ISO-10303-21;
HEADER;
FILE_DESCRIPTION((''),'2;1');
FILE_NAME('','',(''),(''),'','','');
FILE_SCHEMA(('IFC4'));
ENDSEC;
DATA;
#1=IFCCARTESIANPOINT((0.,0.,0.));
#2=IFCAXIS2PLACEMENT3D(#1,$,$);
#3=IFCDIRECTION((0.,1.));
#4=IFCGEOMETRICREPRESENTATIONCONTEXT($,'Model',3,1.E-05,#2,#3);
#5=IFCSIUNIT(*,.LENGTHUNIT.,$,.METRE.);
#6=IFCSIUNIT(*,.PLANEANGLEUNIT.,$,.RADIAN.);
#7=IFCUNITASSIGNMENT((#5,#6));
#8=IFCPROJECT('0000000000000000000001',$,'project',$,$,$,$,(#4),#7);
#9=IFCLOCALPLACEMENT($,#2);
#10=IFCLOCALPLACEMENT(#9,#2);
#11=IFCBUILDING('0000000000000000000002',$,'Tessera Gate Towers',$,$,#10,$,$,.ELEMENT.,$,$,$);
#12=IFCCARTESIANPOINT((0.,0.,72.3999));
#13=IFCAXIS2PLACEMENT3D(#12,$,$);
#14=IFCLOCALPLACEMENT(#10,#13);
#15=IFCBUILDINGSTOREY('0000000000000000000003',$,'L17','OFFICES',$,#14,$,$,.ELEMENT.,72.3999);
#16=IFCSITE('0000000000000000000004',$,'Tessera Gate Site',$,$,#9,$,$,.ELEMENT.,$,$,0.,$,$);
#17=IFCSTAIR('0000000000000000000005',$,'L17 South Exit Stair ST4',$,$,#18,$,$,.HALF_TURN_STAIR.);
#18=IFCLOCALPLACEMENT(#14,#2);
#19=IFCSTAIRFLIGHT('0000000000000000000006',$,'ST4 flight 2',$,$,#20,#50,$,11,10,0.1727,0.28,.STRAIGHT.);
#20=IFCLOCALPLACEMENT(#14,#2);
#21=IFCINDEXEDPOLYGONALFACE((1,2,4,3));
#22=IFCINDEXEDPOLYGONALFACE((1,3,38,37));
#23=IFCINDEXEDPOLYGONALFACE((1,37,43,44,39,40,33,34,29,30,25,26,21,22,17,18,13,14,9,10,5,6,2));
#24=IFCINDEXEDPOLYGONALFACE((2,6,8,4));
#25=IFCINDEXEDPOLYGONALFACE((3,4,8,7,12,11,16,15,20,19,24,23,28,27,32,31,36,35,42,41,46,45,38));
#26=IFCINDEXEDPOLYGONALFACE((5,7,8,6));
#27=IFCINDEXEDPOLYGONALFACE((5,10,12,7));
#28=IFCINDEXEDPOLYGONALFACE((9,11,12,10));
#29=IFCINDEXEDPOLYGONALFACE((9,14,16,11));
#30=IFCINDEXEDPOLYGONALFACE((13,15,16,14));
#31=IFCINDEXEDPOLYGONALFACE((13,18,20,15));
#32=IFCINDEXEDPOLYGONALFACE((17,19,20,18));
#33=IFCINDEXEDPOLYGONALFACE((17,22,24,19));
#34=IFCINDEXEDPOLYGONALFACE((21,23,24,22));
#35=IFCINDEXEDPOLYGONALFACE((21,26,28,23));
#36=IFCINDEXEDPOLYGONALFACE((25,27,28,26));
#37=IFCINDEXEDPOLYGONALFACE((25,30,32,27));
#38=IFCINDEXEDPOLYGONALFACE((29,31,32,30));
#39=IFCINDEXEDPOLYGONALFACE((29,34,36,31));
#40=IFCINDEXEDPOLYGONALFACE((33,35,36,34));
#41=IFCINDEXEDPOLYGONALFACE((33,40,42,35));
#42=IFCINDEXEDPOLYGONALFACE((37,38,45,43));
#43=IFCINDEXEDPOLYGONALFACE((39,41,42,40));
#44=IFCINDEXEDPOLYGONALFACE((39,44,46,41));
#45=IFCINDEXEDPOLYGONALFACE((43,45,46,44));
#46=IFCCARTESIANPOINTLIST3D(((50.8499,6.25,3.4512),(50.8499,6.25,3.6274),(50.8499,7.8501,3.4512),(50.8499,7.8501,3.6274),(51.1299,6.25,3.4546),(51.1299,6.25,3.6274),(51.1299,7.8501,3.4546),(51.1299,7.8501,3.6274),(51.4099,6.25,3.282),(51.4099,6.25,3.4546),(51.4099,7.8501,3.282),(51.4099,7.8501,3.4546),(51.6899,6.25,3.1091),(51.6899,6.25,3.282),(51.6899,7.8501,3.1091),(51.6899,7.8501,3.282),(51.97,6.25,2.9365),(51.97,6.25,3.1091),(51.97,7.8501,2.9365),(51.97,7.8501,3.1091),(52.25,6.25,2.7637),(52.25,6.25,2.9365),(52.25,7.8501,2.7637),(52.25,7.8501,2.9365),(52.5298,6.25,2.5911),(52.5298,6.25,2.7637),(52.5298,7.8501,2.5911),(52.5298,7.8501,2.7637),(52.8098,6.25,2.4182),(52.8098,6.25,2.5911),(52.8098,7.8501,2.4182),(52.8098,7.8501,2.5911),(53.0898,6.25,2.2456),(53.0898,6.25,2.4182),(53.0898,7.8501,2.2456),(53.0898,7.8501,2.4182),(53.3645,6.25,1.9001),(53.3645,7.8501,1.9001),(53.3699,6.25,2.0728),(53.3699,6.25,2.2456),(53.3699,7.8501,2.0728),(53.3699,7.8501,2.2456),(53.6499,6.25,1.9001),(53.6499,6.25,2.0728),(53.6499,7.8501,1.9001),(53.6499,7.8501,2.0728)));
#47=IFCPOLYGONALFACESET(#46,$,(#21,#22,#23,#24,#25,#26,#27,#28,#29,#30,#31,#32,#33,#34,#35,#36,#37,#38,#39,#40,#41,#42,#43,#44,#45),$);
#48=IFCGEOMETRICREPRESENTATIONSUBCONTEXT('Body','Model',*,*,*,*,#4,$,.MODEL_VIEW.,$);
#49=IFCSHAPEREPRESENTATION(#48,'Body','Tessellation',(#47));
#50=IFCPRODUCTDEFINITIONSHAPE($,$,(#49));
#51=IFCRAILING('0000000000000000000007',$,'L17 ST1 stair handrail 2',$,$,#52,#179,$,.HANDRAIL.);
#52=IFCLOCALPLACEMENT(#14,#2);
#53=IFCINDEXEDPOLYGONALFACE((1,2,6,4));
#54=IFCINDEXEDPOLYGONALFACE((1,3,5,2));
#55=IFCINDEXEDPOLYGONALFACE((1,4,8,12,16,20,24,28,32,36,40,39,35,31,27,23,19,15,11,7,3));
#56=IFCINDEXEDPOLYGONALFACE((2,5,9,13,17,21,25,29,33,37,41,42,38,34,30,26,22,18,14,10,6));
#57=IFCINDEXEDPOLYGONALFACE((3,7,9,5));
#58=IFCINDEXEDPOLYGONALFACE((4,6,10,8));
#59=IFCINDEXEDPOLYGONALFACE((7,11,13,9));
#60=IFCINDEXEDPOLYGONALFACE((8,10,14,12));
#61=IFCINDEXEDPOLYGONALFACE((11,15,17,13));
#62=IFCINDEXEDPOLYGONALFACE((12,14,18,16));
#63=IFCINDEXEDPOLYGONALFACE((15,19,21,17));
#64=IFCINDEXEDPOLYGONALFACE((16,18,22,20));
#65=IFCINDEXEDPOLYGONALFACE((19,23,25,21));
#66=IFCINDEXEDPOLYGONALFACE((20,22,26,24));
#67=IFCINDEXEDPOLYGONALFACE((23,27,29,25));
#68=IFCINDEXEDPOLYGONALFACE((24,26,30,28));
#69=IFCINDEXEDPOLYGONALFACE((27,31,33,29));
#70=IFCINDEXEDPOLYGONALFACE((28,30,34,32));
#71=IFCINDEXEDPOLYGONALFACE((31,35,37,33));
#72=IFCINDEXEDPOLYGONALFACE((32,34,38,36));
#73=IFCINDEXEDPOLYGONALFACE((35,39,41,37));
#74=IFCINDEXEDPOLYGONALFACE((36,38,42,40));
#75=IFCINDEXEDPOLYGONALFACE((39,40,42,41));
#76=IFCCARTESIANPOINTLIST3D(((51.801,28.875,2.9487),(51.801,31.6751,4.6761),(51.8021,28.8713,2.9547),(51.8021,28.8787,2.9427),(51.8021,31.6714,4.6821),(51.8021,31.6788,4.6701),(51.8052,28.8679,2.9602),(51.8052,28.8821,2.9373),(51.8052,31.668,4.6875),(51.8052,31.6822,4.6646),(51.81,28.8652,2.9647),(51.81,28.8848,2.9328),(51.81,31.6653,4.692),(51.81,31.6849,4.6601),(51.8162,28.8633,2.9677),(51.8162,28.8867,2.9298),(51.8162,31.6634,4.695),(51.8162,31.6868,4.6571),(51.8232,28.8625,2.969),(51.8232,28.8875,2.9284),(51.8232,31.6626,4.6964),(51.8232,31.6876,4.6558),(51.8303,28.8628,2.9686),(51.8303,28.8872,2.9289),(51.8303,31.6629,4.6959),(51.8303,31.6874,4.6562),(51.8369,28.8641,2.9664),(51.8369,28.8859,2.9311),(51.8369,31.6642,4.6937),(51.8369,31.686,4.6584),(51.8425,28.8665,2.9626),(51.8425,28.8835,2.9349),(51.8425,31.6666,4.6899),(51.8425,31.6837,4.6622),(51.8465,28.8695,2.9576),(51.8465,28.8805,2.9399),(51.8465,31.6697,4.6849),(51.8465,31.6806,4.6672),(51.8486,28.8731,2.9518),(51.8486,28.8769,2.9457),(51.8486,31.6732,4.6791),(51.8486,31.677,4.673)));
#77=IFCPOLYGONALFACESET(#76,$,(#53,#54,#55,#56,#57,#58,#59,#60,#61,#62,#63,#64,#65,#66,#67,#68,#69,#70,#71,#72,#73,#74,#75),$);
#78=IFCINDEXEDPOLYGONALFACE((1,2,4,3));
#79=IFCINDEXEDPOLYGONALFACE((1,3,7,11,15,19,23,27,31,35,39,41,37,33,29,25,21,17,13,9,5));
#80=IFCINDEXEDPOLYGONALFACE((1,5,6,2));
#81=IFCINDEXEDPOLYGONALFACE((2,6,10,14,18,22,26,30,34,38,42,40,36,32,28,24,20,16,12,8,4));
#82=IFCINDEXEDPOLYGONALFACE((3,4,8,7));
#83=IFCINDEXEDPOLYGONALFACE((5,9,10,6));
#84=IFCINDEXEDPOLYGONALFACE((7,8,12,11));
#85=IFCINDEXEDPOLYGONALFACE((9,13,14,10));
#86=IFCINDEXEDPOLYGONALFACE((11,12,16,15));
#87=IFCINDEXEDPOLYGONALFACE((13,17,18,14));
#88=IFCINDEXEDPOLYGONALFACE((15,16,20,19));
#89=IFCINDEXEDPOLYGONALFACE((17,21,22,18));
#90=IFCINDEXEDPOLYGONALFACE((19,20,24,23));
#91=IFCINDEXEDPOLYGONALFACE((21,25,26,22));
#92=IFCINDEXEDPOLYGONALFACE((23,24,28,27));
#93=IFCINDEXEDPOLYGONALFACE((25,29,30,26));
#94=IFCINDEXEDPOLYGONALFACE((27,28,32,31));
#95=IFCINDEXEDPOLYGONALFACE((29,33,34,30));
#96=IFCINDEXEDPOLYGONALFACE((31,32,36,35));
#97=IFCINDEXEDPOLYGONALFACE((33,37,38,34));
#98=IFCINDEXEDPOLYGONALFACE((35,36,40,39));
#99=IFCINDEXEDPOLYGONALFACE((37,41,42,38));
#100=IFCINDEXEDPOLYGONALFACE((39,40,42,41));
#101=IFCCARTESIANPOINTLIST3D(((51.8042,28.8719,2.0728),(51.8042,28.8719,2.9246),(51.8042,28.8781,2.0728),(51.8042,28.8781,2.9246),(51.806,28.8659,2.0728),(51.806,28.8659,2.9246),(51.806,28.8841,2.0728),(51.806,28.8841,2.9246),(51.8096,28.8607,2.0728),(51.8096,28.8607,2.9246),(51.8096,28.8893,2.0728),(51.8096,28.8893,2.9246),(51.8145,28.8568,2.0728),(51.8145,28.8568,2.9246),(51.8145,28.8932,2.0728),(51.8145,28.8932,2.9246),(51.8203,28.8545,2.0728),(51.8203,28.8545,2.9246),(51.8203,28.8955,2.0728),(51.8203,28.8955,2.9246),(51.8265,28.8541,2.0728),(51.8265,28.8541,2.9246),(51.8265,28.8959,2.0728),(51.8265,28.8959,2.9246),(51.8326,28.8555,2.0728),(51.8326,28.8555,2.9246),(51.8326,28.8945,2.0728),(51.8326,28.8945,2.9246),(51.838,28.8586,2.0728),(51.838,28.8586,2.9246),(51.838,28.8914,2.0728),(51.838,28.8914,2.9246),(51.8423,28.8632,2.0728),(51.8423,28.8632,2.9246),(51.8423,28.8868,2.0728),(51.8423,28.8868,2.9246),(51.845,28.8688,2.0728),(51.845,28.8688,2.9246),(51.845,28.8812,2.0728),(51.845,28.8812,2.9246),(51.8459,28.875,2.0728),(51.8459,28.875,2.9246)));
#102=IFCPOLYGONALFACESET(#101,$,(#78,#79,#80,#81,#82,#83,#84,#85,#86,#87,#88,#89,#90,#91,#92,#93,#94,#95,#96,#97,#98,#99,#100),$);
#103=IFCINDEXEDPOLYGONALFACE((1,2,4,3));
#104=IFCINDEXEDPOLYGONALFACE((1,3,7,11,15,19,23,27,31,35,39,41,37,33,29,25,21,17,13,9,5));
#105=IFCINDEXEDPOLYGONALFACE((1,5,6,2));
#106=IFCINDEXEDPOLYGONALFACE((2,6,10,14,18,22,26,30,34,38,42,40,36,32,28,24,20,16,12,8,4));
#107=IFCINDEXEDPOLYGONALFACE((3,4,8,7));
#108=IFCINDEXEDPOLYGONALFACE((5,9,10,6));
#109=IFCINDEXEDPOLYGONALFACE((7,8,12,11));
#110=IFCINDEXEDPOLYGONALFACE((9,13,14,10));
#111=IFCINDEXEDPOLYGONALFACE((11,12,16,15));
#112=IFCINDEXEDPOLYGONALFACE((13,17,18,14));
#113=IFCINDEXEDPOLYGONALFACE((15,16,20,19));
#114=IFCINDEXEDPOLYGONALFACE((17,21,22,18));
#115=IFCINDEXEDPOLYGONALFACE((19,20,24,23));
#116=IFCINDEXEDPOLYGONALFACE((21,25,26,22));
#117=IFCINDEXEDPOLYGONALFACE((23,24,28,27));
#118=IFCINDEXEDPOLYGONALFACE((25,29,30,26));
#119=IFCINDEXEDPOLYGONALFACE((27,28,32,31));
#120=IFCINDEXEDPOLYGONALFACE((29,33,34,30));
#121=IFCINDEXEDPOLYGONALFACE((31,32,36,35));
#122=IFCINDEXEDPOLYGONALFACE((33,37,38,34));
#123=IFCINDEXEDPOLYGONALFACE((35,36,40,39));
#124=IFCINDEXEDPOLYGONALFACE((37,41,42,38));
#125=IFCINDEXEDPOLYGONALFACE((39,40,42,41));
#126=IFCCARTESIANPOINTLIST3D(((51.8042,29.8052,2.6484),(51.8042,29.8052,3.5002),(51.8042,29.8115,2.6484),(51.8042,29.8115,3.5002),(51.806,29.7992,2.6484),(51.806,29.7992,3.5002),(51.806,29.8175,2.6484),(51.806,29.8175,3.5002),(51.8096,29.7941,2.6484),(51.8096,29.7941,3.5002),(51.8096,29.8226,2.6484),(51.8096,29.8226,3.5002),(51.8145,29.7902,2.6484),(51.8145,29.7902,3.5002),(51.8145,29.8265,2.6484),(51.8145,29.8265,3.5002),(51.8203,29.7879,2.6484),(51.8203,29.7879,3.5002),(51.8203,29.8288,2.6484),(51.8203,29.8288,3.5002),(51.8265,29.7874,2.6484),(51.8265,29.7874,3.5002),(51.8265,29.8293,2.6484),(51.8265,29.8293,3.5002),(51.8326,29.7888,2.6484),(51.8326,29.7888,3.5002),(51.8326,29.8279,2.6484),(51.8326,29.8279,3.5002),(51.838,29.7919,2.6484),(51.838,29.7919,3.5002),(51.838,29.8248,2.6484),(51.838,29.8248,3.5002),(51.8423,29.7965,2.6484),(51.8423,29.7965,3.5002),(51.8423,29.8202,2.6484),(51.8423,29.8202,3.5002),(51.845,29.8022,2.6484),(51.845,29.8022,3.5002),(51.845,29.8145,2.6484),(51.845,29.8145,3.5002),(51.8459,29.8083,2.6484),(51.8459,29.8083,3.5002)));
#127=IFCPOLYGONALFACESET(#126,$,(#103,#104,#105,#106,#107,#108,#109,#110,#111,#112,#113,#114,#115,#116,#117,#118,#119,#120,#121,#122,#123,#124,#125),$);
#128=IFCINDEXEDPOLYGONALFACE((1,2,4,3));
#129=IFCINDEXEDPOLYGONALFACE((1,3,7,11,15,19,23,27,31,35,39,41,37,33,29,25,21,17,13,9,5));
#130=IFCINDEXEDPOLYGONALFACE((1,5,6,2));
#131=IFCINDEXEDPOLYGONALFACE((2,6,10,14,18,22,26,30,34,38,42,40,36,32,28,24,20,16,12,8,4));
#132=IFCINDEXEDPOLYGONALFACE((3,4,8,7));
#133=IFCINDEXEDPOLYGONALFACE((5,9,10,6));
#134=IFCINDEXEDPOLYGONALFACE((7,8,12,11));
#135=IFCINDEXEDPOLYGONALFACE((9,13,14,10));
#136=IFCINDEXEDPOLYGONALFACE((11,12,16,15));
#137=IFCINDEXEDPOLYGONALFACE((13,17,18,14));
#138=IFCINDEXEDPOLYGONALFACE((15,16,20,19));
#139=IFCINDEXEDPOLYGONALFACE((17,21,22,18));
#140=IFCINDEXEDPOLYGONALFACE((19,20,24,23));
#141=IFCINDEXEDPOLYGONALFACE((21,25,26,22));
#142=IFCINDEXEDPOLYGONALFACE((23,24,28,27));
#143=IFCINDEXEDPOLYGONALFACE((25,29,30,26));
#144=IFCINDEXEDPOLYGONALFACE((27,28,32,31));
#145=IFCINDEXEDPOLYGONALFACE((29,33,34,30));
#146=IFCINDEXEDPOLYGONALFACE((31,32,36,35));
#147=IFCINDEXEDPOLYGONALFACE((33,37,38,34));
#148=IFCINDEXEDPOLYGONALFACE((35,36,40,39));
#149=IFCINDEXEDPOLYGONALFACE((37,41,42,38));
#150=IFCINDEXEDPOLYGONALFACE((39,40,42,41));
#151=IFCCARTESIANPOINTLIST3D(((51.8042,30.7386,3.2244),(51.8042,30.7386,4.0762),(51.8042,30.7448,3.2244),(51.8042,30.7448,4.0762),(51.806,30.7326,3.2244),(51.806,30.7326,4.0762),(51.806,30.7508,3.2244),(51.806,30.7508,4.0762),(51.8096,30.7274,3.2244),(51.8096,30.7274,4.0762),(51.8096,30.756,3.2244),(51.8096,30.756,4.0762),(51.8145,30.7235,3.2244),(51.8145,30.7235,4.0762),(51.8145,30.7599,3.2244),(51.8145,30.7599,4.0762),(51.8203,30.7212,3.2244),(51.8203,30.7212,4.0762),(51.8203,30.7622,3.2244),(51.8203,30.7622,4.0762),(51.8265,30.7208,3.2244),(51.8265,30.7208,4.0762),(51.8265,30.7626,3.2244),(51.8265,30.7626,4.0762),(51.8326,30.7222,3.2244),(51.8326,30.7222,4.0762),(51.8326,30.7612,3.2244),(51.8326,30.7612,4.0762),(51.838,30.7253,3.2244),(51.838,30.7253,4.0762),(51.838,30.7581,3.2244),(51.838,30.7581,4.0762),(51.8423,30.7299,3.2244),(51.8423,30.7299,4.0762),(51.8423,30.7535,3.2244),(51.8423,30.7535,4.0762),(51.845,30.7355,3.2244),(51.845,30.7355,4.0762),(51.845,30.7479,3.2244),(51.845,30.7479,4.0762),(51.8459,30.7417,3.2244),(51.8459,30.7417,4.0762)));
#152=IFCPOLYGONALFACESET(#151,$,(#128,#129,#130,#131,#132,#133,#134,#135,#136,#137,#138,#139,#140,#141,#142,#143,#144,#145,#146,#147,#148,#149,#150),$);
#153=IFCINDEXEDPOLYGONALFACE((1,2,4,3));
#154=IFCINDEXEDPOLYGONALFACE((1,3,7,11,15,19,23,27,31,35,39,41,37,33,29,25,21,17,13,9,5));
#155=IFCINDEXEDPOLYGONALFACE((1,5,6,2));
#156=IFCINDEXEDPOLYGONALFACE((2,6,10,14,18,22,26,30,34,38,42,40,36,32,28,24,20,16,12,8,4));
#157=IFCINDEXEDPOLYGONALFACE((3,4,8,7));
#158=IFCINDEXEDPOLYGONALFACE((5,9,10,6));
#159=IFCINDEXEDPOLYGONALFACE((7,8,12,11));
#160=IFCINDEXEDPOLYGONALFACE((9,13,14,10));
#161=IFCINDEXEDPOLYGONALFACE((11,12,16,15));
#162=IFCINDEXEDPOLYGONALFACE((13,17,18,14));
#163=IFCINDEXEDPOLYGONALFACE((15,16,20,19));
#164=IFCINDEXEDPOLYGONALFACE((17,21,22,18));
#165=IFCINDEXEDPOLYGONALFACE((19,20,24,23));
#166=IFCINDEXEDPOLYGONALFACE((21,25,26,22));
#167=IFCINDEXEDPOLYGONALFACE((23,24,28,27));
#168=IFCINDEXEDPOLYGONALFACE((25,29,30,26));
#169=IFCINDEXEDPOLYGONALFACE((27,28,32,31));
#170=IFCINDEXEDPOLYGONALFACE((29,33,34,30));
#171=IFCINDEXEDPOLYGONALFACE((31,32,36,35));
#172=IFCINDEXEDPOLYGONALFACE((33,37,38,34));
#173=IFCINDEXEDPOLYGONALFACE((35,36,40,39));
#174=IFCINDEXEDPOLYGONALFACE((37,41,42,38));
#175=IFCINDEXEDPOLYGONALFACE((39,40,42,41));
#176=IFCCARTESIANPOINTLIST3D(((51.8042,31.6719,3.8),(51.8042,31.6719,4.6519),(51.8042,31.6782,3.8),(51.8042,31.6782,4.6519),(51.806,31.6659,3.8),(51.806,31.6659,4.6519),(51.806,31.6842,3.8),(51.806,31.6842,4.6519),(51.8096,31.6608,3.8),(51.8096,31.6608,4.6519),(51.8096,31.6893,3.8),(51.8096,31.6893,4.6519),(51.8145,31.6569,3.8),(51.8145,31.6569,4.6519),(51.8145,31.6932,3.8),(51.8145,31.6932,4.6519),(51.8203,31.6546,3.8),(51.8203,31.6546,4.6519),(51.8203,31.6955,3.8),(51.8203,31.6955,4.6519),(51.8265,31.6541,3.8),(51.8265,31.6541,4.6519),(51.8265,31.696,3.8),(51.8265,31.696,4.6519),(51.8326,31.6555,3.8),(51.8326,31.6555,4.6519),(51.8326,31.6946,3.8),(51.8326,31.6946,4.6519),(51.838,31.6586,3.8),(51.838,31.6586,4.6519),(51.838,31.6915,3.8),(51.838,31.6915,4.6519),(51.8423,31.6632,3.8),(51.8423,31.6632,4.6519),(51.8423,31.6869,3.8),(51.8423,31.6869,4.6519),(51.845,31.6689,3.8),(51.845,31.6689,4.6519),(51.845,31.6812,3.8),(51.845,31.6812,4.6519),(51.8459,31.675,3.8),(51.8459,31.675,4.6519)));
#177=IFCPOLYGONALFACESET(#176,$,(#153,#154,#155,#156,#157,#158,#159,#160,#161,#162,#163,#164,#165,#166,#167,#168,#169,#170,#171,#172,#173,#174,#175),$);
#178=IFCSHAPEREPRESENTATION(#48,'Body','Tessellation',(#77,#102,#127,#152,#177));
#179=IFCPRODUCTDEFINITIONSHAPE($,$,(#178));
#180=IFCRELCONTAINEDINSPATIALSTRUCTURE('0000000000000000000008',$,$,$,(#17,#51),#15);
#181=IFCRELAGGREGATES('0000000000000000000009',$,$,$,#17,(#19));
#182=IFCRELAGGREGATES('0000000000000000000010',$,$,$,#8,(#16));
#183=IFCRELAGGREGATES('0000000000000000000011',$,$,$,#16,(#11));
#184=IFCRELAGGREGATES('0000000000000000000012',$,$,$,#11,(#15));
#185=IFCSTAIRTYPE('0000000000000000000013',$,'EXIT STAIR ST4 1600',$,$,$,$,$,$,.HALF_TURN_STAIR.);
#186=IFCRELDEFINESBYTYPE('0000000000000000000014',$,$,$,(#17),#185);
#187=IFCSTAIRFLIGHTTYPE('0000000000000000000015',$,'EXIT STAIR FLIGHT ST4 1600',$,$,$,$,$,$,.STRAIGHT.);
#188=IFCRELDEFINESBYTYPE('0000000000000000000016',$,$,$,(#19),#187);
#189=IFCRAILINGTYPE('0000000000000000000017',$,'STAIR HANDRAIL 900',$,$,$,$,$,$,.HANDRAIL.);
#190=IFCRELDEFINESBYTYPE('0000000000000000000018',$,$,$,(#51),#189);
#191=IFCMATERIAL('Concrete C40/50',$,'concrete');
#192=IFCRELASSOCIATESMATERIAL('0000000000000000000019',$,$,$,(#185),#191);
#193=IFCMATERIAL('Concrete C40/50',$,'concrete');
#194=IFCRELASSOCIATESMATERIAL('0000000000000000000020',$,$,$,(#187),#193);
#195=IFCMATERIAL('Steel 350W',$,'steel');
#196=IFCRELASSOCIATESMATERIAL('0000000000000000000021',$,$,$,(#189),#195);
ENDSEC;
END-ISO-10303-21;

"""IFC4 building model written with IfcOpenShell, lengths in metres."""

from ifc_helpers import new_model, si_unit, direction, frame, origin, origin_2d, place, context, subcontext, project, spatial, polyline, circle, outline, extrude, material, type_object, element, aggregate, save


model = new_model("IFC4")

# Units and contexts
model_context = context("Model", 3, precision=1e-05, world=origin(), true_north=direction((0.0, 1.0)))
body_context = subcontext(model_context, "Body", "Model", "MODEL_VIEW")
ifc_project = project(units=[si_unit("LENGTHUNIT", "METRE"), si_unit("PLANEANGLEUNIT", "RADIAN")], contexts=[model_context])

# Site, building, storey
site_placement = place(None, origin())
site = spatial("IfcSite", under=ifc_project, at=site_placement, Name="Tessera Gate Site", CompositionType="ELEMENT", RefElevation=0.0)
building_placement = place(site_placement, origin())
building = spatial("IfcBuilding", under=site, at=building_placement, Name="Tessera Gate Towers", CompositionType="ELEMENT")
storey_placement = place(building_placement, frame((0.0, 0.0, 72.3999)))
storey = spatial("IfcBuildingStorey", under=building, at=storey_placement, Name="L17", Description="OFFICES", CompositionType="ELEMENT", Elevation=72.3999)

# Stair, stair flight
ifc_material_1 = material(Name="Concrete C40/50", Category="concrete")
stair_type = type_object("IfcStairType", Name="EXIT STAIR ST4 1600", PredefinedType="HALF_TURN_STAIR", material=ifc_material_1)
stair_placement = place(storey_placement, origin())
stair = element("IfcStair", 1, at=stair_placement, inside=storey, type_object=stair_type, Name="L17 South Exit Stair ST4", PredefinedType="HALF_TURN_STAIR")
ifc_material_2 = material(Name="Concrete C40/50", Category="concrete")
stair_flight_type = type_object("IfcStairFlightType", Name="EXIT STAIR FLIGHT ST4 1600", PredefinedType="STRAIGHT", material=ifc_material_2)
stair_flight_placement = place(storey_placement, frame((53.6499, 7.05, 1.9001), z_axis=(0.0, 0.0, 1.0), x_axis=(-1.0, 0.0, 0.0)))
stair_flight = element("IfcStairFlight", 2, at=stair_flight_placement, type_object=stair_flight_type, Name="ST4 flight 2", NumberOfRisers=11, NumberOfTreads=10, PredefinedType="STRAIGHT", RiserHeight=0.1727, TreadLength=0.28, context=body_context, shape_type="SweptSolid", body=[
    extrude(outline(polyline([(0.0, 0.0), (0.0, 0.1726), (0.28, 0.1726), (0.28, 0.3455), (0.5601, 0.3455), (0.5601, 0.5181), (0.8401, 0.5181), (0.8401, 0.6909), (1.1201, 0.6909), (1.1201, 0.8635), (1.3999, 0.8635), (1.3999, 1.0364), (1.6799, 1.0364), (1.6799, 1.209), (1.96, 1.209), (1.96, 1.3818), (2.24, 1.3818), (2.24, 1.5544), (2.52, 1.5544), (2.52, 1.7273), (2.8, 1.7273), (2.8, 1.8999), (2.8, 1.551), (0.2854, 0.0), (0.0, 0.0)])), frame((0.0, 0.8, 0.0), z_axis=(0.0, -1.0, 0.0), x_axis=(1.0, 0.0, 0.0)), (0.0, 0.0, 1.0), 1.6001),
])
aggregate(stair, [stair_flight])

# Railing
ifc_material_3 = material(Name="Steel 350W", Category="steel")
railing_type = type_object("IfcRailingType", Name="STAIR HANDRAIL 900", PredefinedType="HANDRAIL", material=ifc_material_3)
railing_1_placement = place(storey_placement, frame((51.825, 28.875, 2.0728)))
element("IfcRailing", 3, at=railing_1_placement, inside=storey, type_object=railing_type, Name="L17 ST1 stair handrail 2", PredefinedType="HANDRAIL", context=body_context, shape_type="SweptSolid", body=[
    extrude(circle(Radius=0.0239, at=origin_2d()), frame((0.0, 0.0, 0.876), z_axis=(0.0, 0.85109, 0.52502), x_axis=(-1.0, 0.0, 0.0)), (0.0, 0.0, 1.0), 3.29),
    extrude(circle(Radius=0.021, at=origin_2d()), origin(), (0.0, 0.0, 1.0), 0.8518),
    extrude(circle(Radius=0.021, at=origin_2d()), frame((0.0, 0.9333, 0.5757)), (0.0, 0.0, 1.0), 0.8518),
    extrude(circle(Radius=0.021, at=origin_2d()), frame((0.0, 1.8667, 1.1516)), (0.0, 0.0, 1.0), 0.8518),
    extrude(circle(Radius=0.021, at=origin_2d()), frame((0.0, 2.8, 1.7273)), (0.0, 0.0, 1.0), 0.8518),
])

save(model, "model.ifc")
